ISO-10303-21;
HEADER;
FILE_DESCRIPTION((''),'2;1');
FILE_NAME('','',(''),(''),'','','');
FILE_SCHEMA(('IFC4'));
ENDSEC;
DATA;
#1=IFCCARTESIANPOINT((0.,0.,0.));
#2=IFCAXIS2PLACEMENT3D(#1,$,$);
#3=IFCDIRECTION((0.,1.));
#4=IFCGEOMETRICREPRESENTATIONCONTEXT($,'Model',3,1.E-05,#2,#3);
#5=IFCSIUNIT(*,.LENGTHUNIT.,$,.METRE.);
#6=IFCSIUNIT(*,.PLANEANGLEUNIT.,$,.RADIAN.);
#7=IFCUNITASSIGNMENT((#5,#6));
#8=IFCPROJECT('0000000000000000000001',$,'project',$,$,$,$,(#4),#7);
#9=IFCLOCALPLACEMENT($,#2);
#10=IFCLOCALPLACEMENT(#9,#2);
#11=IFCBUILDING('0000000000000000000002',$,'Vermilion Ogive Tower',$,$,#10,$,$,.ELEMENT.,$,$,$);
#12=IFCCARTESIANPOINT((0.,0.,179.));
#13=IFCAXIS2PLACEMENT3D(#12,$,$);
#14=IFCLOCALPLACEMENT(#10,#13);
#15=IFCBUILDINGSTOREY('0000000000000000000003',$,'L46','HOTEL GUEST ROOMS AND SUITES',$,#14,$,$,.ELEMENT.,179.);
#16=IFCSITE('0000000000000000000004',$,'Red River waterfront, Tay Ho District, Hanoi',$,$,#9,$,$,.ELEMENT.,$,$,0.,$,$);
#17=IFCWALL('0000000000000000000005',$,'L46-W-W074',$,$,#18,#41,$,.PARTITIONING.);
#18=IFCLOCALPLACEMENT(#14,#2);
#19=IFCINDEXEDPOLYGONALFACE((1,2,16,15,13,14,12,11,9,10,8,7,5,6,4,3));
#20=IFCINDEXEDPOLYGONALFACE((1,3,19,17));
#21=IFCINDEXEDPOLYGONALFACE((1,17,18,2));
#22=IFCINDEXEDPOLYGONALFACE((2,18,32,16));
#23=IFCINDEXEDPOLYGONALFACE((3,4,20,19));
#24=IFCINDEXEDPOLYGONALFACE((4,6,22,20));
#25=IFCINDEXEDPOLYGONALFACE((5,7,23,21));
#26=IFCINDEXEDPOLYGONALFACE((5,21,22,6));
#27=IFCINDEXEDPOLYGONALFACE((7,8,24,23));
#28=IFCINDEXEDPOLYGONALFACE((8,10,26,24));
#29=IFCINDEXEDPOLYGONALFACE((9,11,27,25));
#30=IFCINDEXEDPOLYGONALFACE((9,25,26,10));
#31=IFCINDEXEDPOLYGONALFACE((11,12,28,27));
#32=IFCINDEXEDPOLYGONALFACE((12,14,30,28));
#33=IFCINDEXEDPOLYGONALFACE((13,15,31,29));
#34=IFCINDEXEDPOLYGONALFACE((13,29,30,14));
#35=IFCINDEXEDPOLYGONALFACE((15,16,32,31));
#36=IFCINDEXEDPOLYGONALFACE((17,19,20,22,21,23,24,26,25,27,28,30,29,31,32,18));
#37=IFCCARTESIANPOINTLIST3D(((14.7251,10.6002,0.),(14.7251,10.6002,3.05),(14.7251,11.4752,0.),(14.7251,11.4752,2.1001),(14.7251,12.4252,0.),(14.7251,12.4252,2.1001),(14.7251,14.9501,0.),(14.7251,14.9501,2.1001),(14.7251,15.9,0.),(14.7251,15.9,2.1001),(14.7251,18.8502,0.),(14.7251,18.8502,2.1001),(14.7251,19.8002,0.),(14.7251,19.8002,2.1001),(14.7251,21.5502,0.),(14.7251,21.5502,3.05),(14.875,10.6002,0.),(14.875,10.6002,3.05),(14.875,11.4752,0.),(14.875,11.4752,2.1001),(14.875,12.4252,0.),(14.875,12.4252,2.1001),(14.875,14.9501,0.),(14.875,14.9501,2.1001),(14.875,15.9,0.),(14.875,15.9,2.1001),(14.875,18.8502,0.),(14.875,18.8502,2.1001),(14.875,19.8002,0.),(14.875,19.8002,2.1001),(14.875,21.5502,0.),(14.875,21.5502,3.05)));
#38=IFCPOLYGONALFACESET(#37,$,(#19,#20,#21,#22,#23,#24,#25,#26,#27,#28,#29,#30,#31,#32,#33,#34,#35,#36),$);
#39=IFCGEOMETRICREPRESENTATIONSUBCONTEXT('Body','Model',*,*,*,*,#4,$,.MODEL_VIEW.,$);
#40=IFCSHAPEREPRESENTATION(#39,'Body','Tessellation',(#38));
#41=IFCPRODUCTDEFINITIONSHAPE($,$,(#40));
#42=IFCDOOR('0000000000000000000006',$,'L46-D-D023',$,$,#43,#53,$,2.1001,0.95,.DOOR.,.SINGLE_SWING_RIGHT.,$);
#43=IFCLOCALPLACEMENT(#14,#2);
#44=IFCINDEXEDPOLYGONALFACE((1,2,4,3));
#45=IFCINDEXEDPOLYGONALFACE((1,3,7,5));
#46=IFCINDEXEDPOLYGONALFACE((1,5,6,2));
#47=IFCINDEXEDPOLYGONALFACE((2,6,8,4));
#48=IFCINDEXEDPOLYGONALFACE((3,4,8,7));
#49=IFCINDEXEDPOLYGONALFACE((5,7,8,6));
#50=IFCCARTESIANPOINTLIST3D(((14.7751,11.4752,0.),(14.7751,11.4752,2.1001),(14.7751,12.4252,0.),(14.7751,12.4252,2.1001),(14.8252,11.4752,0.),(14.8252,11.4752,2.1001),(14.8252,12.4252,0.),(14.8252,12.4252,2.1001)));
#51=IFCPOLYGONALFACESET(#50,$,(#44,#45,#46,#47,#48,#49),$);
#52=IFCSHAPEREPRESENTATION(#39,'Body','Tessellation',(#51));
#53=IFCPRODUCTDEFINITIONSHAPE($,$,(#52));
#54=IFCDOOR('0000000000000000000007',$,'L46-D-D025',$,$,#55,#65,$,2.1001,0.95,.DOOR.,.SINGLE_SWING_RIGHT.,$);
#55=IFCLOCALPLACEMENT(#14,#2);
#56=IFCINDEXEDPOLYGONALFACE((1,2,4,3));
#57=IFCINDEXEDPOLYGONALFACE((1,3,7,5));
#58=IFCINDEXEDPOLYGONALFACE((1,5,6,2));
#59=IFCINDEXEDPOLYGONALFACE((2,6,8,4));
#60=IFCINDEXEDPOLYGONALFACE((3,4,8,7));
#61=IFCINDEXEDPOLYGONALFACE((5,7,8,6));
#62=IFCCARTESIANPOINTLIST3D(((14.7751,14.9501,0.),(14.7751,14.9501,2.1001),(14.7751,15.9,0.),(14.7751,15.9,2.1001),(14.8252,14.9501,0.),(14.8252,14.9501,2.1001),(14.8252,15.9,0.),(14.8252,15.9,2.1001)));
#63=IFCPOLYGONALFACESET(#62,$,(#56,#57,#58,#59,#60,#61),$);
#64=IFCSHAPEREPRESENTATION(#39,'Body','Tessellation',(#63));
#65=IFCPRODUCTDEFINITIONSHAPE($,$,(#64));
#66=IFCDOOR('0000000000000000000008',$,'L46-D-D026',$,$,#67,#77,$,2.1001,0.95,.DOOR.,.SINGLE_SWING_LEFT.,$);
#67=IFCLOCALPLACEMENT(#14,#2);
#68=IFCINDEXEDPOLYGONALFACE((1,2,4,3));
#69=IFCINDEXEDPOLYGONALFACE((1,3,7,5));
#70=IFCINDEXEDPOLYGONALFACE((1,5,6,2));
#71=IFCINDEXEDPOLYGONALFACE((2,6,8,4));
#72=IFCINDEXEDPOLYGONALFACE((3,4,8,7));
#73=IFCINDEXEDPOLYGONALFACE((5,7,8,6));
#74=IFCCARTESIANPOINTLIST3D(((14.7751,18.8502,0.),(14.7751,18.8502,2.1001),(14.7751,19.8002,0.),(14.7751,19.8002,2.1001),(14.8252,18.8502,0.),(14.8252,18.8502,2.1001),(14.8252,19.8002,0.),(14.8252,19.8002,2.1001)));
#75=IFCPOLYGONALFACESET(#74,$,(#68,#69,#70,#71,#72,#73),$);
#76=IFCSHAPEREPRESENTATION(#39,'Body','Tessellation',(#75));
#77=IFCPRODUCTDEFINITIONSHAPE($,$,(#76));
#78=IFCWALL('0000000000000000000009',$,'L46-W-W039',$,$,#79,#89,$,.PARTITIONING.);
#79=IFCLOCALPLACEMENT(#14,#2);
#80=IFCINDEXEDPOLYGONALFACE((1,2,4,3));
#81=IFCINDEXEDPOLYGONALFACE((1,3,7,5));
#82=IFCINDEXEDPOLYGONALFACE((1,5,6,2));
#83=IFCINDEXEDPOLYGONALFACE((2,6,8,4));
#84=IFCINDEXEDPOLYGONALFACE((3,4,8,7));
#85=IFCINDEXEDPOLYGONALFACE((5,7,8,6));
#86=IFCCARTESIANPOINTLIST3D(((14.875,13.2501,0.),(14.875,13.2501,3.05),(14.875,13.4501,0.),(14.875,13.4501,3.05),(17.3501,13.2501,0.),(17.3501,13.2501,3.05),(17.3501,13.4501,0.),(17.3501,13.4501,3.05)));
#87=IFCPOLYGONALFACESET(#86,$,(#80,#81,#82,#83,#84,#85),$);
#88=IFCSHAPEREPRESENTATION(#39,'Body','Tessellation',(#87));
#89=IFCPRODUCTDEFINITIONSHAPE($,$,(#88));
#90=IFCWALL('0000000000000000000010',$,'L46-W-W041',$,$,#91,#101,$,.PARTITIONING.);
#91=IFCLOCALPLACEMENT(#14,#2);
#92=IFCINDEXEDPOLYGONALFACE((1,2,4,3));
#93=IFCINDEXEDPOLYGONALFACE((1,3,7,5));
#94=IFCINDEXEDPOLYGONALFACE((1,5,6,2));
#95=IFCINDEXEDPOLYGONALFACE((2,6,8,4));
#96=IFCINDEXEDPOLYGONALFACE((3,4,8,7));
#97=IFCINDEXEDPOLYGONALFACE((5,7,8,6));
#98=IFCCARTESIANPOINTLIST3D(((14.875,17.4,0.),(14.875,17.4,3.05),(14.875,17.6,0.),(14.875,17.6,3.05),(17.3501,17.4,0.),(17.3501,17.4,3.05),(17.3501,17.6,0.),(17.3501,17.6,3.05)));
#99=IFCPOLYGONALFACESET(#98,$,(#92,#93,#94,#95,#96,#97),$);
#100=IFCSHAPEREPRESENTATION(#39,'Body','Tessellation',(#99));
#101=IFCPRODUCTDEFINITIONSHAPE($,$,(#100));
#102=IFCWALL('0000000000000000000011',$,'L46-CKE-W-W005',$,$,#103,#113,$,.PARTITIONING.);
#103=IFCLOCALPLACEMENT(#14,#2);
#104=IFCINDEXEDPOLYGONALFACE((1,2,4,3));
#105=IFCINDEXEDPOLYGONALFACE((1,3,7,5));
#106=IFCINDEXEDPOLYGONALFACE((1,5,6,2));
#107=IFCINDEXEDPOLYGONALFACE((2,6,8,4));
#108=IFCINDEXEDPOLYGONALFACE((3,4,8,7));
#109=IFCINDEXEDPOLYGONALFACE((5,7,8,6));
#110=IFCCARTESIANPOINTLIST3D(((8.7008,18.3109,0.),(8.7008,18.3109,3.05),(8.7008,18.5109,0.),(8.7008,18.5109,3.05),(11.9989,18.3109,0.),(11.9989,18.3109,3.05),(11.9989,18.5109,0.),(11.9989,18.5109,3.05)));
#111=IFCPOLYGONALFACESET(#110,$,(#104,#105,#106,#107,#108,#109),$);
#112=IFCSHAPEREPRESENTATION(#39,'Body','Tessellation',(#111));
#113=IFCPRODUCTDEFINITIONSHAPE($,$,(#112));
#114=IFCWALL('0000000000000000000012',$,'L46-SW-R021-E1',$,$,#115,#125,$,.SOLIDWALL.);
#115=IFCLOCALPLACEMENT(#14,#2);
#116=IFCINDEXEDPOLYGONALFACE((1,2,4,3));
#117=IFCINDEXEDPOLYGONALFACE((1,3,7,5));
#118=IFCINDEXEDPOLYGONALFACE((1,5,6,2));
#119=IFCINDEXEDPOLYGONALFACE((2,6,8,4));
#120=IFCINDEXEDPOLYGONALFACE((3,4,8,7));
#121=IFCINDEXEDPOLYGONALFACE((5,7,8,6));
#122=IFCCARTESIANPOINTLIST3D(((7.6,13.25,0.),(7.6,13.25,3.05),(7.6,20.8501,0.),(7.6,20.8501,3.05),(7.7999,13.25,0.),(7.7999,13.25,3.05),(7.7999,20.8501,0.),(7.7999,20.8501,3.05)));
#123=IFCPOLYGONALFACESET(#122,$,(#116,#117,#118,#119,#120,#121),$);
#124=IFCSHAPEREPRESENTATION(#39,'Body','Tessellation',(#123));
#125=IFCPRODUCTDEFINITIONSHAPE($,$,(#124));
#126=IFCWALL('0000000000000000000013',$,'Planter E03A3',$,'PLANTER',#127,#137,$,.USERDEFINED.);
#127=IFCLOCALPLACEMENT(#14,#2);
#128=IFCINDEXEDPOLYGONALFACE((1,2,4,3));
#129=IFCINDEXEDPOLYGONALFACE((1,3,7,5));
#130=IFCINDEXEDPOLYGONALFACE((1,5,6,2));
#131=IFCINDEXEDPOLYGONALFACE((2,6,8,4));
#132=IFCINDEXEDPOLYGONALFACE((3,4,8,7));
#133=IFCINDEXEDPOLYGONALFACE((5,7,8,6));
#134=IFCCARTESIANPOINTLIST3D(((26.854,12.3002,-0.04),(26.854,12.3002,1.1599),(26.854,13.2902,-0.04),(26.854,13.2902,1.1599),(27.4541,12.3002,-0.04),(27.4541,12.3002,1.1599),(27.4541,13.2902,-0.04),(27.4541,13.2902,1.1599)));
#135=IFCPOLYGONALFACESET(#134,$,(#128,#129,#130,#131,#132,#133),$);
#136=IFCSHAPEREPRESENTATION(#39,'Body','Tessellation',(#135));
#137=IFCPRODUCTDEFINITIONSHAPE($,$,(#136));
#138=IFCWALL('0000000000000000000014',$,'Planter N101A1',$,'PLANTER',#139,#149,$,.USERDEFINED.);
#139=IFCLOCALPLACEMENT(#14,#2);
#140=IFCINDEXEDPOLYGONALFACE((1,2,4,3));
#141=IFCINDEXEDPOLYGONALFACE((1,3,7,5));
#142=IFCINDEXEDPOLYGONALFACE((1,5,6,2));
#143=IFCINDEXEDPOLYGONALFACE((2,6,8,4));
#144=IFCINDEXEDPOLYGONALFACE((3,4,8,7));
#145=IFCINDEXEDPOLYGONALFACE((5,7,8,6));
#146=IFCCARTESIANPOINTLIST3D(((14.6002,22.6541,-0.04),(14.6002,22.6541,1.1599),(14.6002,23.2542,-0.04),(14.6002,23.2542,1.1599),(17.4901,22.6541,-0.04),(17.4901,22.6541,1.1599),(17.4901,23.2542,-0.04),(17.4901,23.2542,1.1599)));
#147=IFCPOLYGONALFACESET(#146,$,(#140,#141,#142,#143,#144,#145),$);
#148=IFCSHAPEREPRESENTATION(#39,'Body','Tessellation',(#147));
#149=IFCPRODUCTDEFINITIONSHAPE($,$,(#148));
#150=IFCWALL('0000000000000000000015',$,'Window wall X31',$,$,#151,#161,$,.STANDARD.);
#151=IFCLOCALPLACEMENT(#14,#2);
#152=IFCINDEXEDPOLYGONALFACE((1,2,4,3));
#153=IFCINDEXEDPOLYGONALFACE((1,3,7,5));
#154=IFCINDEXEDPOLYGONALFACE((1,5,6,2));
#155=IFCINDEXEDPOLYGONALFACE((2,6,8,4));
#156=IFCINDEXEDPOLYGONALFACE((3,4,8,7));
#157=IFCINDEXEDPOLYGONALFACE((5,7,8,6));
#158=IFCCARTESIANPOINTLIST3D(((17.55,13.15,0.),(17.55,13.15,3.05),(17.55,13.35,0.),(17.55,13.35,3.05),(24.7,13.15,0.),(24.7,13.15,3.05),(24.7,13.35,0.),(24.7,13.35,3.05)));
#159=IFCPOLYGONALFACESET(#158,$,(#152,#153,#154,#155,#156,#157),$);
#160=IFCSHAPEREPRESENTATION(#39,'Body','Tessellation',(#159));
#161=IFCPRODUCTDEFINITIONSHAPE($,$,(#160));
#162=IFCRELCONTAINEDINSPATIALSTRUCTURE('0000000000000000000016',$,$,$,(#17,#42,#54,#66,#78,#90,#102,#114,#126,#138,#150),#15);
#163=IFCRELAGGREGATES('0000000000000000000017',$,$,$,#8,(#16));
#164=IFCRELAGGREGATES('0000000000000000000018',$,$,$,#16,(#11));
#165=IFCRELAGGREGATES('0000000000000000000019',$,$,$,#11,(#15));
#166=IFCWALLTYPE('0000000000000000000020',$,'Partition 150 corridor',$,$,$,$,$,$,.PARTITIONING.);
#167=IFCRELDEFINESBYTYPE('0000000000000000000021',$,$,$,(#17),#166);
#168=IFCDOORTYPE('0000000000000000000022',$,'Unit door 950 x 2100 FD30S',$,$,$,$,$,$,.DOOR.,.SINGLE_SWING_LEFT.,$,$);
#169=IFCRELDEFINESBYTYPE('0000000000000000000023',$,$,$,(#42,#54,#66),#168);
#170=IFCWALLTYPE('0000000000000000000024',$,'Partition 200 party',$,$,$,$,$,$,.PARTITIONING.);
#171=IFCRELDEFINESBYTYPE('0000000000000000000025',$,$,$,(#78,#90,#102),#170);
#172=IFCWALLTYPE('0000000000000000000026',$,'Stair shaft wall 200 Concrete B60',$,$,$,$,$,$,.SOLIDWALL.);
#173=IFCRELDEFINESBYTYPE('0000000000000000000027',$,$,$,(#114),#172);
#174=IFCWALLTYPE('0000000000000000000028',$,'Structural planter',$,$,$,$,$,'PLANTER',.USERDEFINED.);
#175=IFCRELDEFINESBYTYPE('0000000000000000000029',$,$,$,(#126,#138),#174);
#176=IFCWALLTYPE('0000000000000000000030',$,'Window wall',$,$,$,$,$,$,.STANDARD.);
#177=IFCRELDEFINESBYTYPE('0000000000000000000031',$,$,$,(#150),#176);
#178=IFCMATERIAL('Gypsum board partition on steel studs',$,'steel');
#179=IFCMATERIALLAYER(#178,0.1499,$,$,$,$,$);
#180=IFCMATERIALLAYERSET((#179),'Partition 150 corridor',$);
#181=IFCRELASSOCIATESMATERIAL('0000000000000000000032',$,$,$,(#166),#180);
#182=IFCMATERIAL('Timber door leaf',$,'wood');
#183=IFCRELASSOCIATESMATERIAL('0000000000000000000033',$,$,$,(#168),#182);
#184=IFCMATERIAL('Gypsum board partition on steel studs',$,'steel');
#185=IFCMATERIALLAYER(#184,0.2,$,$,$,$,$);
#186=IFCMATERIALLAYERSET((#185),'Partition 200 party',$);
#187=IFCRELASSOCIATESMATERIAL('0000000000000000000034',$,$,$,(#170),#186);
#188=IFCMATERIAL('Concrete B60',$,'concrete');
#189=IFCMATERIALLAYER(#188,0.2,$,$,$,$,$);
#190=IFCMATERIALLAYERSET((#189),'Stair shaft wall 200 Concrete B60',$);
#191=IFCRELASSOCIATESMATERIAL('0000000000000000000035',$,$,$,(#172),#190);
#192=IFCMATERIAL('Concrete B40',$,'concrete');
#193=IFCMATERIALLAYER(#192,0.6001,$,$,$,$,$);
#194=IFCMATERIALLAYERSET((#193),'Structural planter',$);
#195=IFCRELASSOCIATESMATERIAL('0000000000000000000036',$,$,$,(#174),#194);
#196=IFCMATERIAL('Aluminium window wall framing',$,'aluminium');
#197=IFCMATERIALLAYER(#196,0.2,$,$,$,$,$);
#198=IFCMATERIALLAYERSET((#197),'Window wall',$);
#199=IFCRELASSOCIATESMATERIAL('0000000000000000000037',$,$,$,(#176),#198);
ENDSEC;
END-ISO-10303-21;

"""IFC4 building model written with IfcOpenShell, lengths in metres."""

from ifc_helpers import new_model, si_unit, direction, frame, frame_2d, origin, place, context, subcontext, project, spatial, rectangle, extrude, material, layer, layer_set, type_object, element, fill, save


model = new_model("IFC4")

# Units and contexts
model_context = context("Model", 3, precision=1e-05, world=origin(), true_north=direction((0.0, 1.0)))
body_context = subcontext(model_context, "Body", "Model", "MODEL_VIEW")
ifc_project = project(units=[si_unit("LENGTHUNIT", "METRE"), si_unit("PLANEANGLEUNIT", "RADIAN")], contexts=[model_context])

# Site, building, storey
site_placement = place(None, origin())
site = spatial("IfcSite", under=ifc_project, at=site_placement, Name="Red River waterfront, Tay Ho District, Hanoi", CompositionType="ELEMENT", RefElevation=0.0)
building_placement = place(site_placement, origin())
building = spatial("IfcBuilding", under=site, at=building_placement, Name="Vermilion Ogive Tower", CompositionType="ELEMENT")
storey_placement = place(building_placement, frame((0.0, 0.0, 179.0)))
storey = spatial("IfcBuildingStorey", under=building, at=storey_placement, Name="L46", Description="HOTEL GUEST ROOMS AND SUITES", CompositionType="ELEMENT", Elevation=179.0)

# Wall, openings, doors
ifc_material_1 = material(Name="Gypsum board partition on steel studs", Category="steel")
ifc_layer_1 = layer(ifc_material_1, 0.1499)
ifc_layer_set_1 = layer_set([ifc_layer_1], Name="Partition 150 corridor")
wall_type_1 = type_object("IfcWallType", Name="Partition 150 corridor", PredefinedType="PARTITIONING", material=ifc_layer_set_1)
wall_1_placement = place(storey_placement, frame((14.8, 10.6001, 0.0), z_axis=(0.0, 0.0, 1.0), x_axis=(0.0, 1.0, 0.0)))
wall_1 = element("IfcWall", 1, at=wall_1_placement, inside=storey, type_object=wall_type_1, Name="L46-W-W074", PredefinedType="PARTITIONING", context=body_context, shape_type="SweptSolid", body=[
    extrude(rectangle(XDim=10.95, YDim=0.1499, at=frame_2d((5.4751, 0.0))), origin(), (0.0, 0.0, 1.0), 3.05),
])
opening_1_placement = place(wall_1_placement, frame((0.875, 0.0, 0.0)))
opening_1 = element("IfcOpeningElement", 2, at=opening_1_placement, cuts=wall_1, PredefinedType="OPENING", context=body_context, shape_type="SweptSolid", body=[
    extrude(rectangle(XDim=0.95, YDim=2.1001, at=frame_2d((0.4751, 1.05))), frame((0.0, 0.085, 0.0), z_axis=(0.0, -1.0, 0.0), x_axis=(1.0, 0.0, 0.0)), (0.0, 0.0, 1.0), 0.1699),
])
opening_2_placement = place(wall_1_placement, frame((4.3499, 0.0, 0.0)))
opening_2 = element("IfcOpeningElement", 3, at=opening_2_placement, cuts=wall_1, PredefinedType="OPENING", context=body_context, shape_type="SweptSolid", body=[
    extrude(rectangle(XDim=0.95, YDim=2.1001, at=frame_2d((0.4751, 1.05))), frame((0.0, 0.085, 0.0), z_axis=(0.0, -1.0, 0.0), x_axis=(1.0, 0.0, 0.0)), (0.0, 0.0, 1.0), 0.1699),
])
opening_3_placement = place(wall_1_placement, frame((8.25, 0.0, 0.0)))
opening_3 = element("IfcOpeningElement", 4, at=opening_3_placement, cuts=wall_1, PredefinedType="OPENING", context=body_context, shape_type="SweptSolid", body=[
    extrude(rectangle(XDim=0.95, YDim=2.1001, at=frame_2d((0.4751, 1.05))), frame((0.0, 0.085, 0.0), z_axis=(0.0, -1.0, 0.0), x_axis=(1.0, 0.0, 0.0)), (0.0, 0.0, 1.0), 0.1699),
])
ifc_material_2 = material(Name="Timber door leaf", Category="wood")
door_type_1 = type_object("IfcDoorType", Name="Unit door 950 x 2100 FD30S", OperationType="SINGLE_SWING_LEFT", PredefinedType="DOOR", material=ifc_material_2)
door_1_placement = place(opening_1_placement, origin())
door_1 = element("IfcDoor", 5, at=door_1_placement, inside=storey, type_object=door_type_1, Name="L46-D-D023", OperationType="SINGLE_SWING_RIGHT", OverallHeight=2.1001, OverallWidth=0.95, PredefinedType="DOOR", context=body_context, shape_type="SweptSolid", body=[
    extrude(rectangle(XDim=0.95, YDim=2.1001, at=frame_2d((0.4751, 1.05))), frame((0.0, 0.0249, 0.0), z_axis=(0.0, -1.0, 0.0), x_axis=(1.0, 0.0, 0.0)), (0.0, 0.0, 1.0), 0.05),
])
fill(opening_1, door_1)
door_2_placement = place(opening_2_placement, origin())
door_2 = element("IfcDoor", 6, at=door_2_placement, inside=storey, type_object=door_type_1, Name="L46-D-D025", OperationType="SINGLE_SWING_RIGHT", OverallHeight=2.1001, OverallWidth=0.95, PredefinedType="DOOR", context=body_context, shape_type="SweptSolid", body=[
    extrude(rectangle(XDim=0.95, YDim=2.1001, at=frame_2d((0.4751, 1.05))), frame((0.0, 0.0249, 0.0), z_axis=(0.0, -1.0, 0.0), x_axis=(1.0, 0.0, 0.0)), (0.0, 0.0, 1.0), 0.05),
])
fill(opening_2, door_2)
door_3_placement = place(opening_3_placement, origin())
door_3 = element("IfcDoor", 7, at=door_3_placement, inside=storey, type_object=door_type_1, Name="L46-D-D026", OperationType="SINGLE_SWING_LEFT", OverallHeight=2.1001, OverallWidth=0.95, PredefinedType="DOOR", context=body_context, shape_type="SweptSolid", body=[
    extrude(rectangle(XDim=0.95, YDim=2.1001, at=frame_2d((0.4751, 1.05))), frame((0.0, 0.0249, 0.0), z_axis=(0.0, -1.0, 0.0), x_axis=(1.0, 0.0, 0.0)), (0.0, 0.0, 1.0), 0.05),
])
fill(opening_3, door_3)

# Walls
ifc_material_3 = material(Name="Gypsum board partition on steel studs", Category="steel")
ifc_layer_2 = layer(ifc_material_3, 0.2)
ifc_layer_set_2 = layer_set([ifc_layer_2], Name="Partition 200 party")
wall_type_2 = type_object("IfcWallType", Name="Partition 200 party", PredefinedType="PARTITIONING", material=ifc_layer_set_2)
for number, where, z_axis, x_axis, name in (
    (8, (14.875, 13.3501, 0.0), (0.0, 0.0, 1.0), (1.0, 0.0, 0.0), "L46-W-W039"),
    (9, (14.875, 17.5, 0.0), (0.0, 0.0, 1.0), (1.0, 0.0, 0.0), "L46-W-W041"),
):
    element("IfcWall", number, at=place(storey_placement, frame(where, z_axis=z_axis, x_axis=x_axis)), inside=storey, type_object=wall_type_2, Name=name, PredefinedType="PARTITIONING", context=body_context, shape_type="SweptSolid", body=[
        extrude(rectangle(XDim=2.4751, YDim=0.2, at=frame_2d((1.2375, 0.0))), origin(), (0.0, 0.0, 1.0), 3.05),
    ])
wall_2_placement = place(storey_placement, frame((8.7009, 18.4109, 0.0), z_axis=(0.0, 0.0, 1.0), x_axis=(1.0, 0.0, 0.0)))
element("IfcWall", 10, at=wall_2_placement, inside=storey, type_object=wall_type_2, Name="L46-CKE-W-W005", PredefinedType="PARTITIONING", context=body_context, shape_type="SweptSolid", body=[
    extrude(rectangle(XDim=3.2981, YDim=0.2, at=frame_2d((1.6489, 0.0))), origin(), (0.0, 0.0, 1.0), 3.05),
])
ifc_material_4 = material(Name="Concrete B60", Category="concrete")
ifc_layer_3 = layer(ifc_material_4, 0.2)
ifc_layer_set_3 = layer_set([ifc_layer_3], Name="Stair shaft wall 200 Concrete B60")
wall_type_3 = type_object("IfcWallType", Name="Stair shaft wall 200 Concrete B60", PredefinedType="SOLIDWALL", material=ifc_layer_set_3)
wall_3_placement = place(storey_placement, frame((7.7, 13.25, 0.0), z_axis=(0.0, 0.0, 1.0), x_axis=(0.0, 1.0, 0.0)))
element("IfcWall", 11, at=wall_3_placement, inside=storey, type_object=wall_type_3, Name="L46-SW-R021-E1", PredefinedType="SOLIDWALL", context=body_context, shape_type="SweptSolid", body=[
    extrude(rectangle(XDim=7.6001, YDim=0.2, at=frame_2d((3.8, 0.0))), origin(), (0.0, 0.0, 1.0), 3.05),
])
ifc_material_5 = material(Name="Concrete B40", Category="concrete")
ifc_layer_4 = layer(ifc_material_5, 0.6001)
ifc_layer_set_4 = layer_set([ifc_layer_4], Name="Structural planter")
wall_type_4 = type_object("IfcWallType", Name="Structural planter", ElementType="PLANTER", PredefinedType="USERDEFINED", material=ifc_layer_set_4)
wall_4_placement = place(storey_placement, frame((27.1541, 12.3, -0.04), z_axis=(0.0, 0.0, 1.0), x_axis=(0.0, 1.0, 0.0)))
element("IfcWall", 12, at=wall_4_placement, inside=storey, type_object=wall_type_4, Name="Planter E03A3", ObjectType="PLANTER", PredefinedType="USERDEFINED", context=body_context, shape_type="SweptSolid", body=[
    extrude(rectangle(XDim=0.99, YDim=0.6001, at=frame_2d((0.4951, 0.0))), origin(), (0.0, 0.0, 1.0), 1.2),
])
wall_5_placement = place(storey_placement, frame((17.49, 22.9541, -0.04), z_axis=(0.0, 0.0, 1.0), x_axis=(-1.0, 0.0, 0.0)))
element("IfcWall", 13, at=wall_5_placement, inside=storey, type_object=wall_type_4, Name="Planter N101A1", ObjectType="PLANTER", PredefinedType="USERDEFINED", context=body_context, shape_type="SweptSolid", body=[
    extrude(rectangle(XDim=2.8899, YDim=0.6001, at=frame_2d((1.4448, 0.0))), origin(), (0.0, 0.0, 1.0), 1.2),
])
ifc_material_6 = material(Name="Aluminium window wall framing", Category="aluminium")
ifc_layer_5 = layer(ifc_material_6, 0.2)
ifc_layer_set_5 = layer_set([ifc_layer_5], Name="Window wall")
wall_type_5 = type_object("IfcWallType", Name="Window wall", PredefinedType="STANDARD", material=ifc_layer_set_5)
wall_6_placement = place(storey_placement, frame((24.7, 13.25, 0.0), z_axis=(0.0, 0.0, 1.0), x_axis=(-1.0, 0.0, 0.0)))
element("IfcWall", 14, at=wall_6_placement, inside=storey, type_object=wall_type_5, Name="Window wall X31", PredefinedType="STANDARD", context=body_context, shape_type="SweptSolid", body=[
    extrude(rectangle(XDim=7.1499, YDim=0.2, at=frame_2d((3.575, 0.0))), origin(), (0.0, 0.0, 1.0), 3.05),
])

save(model, "model.ifc")
